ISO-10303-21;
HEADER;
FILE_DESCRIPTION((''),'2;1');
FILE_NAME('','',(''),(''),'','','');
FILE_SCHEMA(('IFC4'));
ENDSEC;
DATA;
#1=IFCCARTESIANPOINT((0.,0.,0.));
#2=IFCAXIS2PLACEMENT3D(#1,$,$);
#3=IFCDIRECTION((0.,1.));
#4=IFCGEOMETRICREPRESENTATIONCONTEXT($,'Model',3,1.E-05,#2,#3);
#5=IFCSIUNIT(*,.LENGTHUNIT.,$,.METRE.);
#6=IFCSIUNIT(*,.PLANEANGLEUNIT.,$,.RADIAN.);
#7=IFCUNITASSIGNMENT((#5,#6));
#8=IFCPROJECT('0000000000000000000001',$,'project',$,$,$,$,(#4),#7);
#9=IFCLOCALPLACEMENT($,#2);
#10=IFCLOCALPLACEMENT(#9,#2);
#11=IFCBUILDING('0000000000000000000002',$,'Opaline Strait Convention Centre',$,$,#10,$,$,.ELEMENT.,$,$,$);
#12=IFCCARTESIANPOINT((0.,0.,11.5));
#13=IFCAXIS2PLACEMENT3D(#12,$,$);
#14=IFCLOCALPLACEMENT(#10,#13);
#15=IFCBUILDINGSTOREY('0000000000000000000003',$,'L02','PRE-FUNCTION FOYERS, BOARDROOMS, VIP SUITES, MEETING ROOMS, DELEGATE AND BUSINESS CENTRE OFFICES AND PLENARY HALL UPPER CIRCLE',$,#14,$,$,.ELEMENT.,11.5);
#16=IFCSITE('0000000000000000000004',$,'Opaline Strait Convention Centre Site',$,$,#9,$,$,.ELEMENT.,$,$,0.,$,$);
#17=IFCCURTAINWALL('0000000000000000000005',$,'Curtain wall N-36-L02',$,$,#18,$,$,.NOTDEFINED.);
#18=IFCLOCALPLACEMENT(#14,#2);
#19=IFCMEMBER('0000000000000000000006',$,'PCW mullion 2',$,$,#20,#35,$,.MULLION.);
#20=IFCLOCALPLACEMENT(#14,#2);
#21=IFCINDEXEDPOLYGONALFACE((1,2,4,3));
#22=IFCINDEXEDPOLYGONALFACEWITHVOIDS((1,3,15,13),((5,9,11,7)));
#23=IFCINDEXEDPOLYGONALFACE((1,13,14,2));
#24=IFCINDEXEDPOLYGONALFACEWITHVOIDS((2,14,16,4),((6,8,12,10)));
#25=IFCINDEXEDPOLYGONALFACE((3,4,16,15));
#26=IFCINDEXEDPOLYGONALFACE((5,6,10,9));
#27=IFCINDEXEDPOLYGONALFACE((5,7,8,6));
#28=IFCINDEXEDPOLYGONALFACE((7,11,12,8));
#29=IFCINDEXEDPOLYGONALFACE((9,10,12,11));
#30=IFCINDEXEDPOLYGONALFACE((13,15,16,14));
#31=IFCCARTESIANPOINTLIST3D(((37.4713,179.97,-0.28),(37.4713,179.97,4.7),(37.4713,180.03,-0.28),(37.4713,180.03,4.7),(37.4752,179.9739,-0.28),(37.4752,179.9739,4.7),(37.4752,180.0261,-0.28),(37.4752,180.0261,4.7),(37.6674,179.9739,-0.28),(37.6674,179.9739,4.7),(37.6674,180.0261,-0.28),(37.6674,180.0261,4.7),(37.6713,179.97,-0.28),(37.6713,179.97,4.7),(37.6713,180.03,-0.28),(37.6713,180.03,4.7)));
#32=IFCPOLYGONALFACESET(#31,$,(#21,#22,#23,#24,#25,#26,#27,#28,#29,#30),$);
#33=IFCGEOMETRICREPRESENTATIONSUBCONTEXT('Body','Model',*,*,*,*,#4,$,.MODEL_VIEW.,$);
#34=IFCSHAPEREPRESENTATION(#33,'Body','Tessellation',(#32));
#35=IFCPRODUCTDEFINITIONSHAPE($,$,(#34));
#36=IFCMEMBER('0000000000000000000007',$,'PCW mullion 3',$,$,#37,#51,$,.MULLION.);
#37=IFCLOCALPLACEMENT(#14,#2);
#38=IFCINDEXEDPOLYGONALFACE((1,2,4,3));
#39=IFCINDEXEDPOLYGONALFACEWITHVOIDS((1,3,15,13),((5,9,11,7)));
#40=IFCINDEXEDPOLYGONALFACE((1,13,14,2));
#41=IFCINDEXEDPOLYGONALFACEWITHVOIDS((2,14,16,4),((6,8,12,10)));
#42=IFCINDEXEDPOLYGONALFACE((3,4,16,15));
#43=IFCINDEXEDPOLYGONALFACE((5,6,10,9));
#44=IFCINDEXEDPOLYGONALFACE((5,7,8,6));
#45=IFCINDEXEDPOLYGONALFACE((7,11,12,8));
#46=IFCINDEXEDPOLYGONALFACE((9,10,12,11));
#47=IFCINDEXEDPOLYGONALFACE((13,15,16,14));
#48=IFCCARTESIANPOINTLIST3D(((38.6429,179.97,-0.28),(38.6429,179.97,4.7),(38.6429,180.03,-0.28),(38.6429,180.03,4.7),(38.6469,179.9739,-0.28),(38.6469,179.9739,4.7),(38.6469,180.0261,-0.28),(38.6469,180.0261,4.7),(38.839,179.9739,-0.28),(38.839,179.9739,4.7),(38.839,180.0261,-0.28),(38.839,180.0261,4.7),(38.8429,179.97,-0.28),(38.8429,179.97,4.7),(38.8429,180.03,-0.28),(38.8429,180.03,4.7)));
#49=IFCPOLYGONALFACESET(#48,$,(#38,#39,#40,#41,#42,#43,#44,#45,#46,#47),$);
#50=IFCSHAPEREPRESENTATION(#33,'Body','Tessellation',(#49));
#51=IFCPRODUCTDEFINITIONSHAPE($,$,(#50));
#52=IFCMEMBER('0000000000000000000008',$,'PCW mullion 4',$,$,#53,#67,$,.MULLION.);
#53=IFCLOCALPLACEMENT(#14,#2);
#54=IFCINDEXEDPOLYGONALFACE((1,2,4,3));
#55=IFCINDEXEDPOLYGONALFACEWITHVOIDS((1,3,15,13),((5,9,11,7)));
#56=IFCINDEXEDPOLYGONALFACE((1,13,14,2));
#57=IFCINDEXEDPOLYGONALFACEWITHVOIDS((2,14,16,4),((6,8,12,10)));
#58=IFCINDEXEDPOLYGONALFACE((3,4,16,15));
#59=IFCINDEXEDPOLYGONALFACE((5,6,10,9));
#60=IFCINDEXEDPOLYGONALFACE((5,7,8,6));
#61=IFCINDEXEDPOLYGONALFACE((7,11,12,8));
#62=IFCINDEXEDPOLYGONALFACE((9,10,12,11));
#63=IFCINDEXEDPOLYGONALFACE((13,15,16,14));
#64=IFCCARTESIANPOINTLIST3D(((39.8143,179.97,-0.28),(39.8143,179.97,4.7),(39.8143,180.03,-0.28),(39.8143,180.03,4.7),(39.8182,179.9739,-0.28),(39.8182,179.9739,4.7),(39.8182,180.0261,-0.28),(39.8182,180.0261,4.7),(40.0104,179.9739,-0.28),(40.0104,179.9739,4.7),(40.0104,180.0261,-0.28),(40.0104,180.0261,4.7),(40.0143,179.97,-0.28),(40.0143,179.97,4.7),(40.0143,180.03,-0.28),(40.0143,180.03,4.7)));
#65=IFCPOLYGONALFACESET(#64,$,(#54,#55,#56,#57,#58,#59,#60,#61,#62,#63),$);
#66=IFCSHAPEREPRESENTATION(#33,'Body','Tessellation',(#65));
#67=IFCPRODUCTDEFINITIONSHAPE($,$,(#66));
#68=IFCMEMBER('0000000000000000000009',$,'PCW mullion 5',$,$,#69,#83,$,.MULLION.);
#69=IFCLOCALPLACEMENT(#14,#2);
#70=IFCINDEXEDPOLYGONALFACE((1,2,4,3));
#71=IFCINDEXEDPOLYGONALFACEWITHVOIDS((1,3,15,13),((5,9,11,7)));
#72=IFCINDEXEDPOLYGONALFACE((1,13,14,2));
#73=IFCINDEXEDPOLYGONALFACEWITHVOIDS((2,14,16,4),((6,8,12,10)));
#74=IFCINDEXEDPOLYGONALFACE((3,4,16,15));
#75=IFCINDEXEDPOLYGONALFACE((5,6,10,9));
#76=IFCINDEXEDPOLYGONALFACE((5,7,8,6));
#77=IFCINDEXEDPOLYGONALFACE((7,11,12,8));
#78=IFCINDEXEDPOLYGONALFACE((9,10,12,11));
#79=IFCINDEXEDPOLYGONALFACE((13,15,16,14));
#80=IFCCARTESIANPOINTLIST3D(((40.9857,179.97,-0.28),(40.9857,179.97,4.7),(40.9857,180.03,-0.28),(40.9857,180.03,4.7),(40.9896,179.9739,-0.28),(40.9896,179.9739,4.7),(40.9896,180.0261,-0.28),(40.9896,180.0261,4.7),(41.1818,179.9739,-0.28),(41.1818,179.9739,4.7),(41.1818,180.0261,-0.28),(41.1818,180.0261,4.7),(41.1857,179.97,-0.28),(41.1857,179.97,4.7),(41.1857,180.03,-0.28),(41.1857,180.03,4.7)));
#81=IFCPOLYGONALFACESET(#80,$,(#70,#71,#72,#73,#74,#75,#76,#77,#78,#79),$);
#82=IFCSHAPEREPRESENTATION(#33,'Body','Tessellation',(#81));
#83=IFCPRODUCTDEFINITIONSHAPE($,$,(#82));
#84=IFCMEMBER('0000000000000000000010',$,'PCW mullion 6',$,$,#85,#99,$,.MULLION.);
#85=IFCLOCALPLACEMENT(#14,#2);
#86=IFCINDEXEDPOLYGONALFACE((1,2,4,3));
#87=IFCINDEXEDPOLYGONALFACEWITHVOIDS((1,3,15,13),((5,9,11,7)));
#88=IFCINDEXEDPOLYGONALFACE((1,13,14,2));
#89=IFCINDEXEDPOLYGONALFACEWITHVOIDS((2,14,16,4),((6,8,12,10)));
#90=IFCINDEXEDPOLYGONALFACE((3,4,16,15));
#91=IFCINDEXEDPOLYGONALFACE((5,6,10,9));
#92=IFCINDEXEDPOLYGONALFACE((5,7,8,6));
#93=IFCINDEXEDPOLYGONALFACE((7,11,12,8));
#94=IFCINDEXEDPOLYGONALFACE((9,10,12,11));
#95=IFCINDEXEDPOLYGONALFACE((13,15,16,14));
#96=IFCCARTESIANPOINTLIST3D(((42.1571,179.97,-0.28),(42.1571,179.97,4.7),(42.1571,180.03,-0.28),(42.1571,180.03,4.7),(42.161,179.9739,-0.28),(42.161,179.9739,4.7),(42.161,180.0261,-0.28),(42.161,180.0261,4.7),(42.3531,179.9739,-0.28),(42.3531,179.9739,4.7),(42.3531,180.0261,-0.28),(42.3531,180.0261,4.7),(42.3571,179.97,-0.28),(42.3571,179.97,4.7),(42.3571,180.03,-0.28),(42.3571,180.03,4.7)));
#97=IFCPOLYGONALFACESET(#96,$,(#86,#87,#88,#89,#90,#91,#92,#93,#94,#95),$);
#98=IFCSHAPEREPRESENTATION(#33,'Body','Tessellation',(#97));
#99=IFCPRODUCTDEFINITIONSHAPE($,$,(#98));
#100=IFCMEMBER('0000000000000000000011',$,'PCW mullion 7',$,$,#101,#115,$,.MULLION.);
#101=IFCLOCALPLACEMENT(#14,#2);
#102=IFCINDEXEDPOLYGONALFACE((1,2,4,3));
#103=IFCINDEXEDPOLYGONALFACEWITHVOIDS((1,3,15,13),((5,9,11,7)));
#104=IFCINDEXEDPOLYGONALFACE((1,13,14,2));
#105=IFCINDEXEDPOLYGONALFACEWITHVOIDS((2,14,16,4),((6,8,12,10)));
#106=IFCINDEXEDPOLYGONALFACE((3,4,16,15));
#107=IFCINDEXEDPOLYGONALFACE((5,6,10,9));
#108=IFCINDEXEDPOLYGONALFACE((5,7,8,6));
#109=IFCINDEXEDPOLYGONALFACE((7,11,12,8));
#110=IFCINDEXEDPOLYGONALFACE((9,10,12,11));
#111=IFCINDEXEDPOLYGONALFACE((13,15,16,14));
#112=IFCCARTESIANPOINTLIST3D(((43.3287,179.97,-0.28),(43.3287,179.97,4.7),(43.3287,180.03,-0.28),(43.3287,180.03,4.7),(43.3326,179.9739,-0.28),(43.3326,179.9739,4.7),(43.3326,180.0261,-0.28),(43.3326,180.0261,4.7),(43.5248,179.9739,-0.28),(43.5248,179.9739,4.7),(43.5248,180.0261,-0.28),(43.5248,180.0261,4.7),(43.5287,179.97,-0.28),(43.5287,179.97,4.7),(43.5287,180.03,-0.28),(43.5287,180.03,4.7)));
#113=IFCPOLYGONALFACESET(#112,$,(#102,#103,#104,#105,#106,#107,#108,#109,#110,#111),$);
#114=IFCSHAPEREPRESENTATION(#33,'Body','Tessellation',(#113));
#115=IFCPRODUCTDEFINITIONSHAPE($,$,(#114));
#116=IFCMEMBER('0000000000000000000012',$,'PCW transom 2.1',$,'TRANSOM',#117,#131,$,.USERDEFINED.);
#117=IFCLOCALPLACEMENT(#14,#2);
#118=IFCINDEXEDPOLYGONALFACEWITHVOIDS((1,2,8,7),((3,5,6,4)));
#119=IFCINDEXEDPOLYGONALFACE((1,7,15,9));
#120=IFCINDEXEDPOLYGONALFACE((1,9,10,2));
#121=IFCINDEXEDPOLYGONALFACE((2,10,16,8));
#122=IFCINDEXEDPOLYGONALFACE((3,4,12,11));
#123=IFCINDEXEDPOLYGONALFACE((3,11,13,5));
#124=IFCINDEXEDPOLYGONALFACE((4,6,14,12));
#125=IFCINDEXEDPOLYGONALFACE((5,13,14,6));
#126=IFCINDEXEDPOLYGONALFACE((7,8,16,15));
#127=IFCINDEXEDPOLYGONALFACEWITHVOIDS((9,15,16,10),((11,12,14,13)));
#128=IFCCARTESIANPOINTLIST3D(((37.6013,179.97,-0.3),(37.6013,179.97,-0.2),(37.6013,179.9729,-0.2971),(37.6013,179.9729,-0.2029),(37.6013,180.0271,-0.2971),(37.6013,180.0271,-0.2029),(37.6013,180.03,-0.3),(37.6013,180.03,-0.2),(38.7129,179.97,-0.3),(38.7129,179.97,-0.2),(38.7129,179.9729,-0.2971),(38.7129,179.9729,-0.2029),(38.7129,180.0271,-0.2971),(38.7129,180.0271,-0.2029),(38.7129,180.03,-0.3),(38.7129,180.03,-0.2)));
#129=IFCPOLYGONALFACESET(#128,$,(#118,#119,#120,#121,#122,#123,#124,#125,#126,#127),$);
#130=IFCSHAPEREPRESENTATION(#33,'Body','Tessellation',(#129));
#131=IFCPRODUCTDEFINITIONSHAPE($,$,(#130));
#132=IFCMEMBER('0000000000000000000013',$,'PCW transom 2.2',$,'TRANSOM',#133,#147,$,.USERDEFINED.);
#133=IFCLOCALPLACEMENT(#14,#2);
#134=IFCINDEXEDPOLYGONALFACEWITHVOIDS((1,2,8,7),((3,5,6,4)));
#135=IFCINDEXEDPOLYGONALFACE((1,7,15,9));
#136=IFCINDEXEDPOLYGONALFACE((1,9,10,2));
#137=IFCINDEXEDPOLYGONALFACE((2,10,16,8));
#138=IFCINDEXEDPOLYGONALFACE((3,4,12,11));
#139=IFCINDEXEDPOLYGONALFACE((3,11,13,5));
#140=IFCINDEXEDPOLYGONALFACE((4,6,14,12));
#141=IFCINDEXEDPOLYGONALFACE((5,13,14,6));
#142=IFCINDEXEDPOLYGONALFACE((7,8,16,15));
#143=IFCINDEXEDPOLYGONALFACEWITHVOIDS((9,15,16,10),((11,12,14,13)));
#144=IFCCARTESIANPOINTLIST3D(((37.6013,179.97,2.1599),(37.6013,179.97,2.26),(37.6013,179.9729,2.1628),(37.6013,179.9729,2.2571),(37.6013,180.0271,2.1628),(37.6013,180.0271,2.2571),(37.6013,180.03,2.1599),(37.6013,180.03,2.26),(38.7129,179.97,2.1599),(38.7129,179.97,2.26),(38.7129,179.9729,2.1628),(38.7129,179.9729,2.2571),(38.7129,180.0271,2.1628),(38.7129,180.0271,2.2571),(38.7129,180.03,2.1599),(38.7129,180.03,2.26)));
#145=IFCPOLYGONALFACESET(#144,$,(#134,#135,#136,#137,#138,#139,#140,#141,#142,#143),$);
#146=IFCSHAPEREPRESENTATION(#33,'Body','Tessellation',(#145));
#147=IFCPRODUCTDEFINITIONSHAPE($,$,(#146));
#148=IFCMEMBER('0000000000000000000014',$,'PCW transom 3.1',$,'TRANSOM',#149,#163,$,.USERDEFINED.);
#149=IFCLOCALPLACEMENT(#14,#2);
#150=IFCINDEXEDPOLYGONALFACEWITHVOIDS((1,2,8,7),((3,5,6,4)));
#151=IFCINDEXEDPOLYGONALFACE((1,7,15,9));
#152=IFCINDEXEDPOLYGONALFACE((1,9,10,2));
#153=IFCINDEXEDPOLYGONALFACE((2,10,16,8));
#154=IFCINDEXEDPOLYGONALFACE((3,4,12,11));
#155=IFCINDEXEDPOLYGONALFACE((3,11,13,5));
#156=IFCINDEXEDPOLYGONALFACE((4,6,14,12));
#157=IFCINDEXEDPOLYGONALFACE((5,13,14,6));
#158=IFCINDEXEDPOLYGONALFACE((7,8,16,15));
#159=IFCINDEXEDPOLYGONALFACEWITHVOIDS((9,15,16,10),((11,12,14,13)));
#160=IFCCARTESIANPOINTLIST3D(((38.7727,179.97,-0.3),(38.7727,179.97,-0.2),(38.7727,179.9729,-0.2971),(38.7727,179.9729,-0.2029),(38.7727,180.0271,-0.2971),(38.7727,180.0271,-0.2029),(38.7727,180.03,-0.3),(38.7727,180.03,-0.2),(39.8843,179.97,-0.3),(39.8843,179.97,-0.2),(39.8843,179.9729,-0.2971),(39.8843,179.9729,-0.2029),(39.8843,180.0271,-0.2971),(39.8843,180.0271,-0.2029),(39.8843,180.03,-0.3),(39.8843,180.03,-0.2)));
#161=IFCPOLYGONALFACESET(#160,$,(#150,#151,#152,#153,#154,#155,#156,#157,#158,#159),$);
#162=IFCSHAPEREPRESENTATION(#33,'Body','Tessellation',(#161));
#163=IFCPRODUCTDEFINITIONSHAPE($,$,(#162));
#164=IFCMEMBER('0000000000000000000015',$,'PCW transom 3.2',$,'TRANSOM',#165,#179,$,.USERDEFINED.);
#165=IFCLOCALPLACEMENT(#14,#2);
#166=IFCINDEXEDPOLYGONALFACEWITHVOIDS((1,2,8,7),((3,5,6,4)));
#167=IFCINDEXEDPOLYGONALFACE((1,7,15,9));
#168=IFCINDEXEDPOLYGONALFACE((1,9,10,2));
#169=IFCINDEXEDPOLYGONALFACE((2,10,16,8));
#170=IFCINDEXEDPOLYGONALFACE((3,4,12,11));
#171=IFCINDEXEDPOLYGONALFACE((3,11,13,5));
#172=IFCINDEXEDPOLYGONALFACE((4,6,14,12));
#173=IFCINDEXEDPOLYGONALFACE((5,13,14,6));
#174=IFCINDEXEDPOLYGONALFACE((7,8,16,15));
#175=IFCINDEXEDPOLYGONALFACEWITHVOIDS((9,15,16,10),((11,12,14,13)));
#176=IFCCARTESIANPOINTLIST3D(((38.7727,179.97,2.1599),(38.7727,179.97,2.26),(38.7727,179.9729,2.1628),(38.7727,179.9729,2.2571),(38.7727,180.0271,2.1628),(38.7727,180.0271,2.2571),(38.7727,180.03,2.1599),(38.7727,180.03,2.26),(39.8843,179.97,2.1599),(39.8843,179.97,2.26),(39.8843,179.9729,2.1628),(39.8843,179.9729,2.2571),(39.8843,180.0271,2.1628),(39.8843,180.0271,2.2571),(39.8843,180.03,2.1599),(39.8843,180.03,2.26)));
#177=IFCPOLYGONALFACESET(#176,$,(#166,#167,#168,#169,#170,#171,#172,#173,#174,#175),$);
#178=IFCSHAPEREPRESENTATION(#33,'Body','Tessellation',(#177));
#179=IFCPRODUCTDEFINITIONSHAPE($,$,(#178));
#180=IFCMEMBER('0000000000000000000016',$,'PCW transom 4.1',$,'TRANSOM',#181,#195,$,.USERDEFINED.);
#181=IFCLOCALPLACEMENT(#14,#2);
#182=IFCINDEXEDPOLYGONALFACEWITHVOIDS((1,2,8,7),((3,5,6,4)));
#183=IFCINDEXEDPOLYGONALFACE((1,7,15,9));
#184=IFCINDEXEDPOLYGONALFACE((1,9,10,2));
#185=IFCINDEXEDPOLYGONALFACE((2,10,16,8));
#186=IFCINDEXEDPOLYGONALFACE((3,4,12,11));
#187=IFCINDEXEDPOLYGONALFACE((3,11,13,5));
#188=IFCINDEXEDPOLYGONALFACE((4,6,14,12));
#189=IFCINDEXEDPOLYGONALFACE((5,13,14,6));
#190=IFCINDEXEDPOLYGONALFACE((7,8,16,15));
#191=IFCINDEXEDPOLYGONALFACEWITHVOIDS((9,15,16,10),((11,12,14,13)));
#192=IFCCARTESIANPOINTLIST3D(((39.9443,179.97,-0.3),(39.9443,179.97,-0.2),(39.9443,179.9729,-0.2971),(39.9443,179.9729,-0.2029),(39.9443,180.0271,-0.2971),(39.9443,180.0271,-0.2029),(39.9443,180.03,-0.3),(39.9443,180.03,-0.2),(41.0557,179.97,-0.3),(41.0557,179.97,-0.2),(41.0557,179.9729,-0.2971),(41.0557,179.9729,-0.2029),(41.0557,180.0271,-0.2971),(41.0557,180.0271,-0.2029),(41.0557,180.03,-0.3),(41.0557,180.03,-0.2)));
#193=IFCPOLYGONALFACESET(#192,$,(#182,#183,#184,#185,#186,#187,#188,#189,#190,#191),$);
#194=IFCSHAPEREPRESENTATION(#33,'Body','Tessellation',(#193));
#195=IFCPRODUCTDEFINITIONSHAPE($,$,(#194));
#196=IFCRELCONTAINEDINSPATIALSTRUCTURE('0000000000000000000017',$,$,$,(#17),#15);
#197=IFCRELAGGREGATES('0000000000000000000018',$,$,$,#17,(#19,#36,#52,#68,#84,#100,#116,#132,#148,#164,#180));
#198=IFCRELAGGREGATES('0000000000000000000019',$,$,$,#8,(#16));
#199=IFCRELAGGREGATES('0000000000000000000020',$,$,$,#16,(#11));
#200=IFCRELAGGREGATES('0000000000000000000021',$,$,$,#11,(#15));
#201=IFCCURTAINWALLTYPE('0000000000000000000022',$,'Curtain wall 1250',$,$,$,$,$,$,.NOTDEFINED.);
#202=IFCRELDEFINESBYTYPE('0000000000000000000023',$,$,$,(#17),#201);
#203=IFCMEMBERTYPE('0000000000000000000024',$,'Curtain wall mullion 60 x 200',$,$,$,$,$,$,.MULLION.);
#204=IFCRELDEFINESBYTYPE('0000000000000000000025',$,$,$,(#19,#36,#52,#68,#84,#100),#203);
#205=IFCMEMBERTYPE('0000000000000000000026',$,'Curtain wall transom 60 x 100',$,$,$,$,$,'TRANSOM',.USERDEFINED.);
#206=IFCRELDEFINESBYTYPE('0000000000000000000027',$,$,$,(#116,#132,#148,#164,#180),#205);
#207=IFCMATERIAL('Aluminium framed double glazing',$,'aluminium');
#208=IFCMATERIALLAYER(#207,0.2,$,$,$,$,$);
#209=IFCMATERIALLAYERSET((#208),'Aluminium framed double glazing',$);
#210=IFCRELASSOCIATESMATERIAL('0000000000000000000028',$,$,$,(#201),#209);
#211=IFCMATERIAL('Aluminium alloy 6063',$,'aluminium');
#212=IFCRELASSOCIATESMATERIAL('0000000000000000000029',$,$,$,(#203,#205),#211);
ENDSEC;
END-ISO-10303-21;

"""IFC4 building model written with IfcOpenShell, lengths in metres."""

from ifc_helpers import new_model, si_unit, direction, frame, origin, origin_2d, place, context, subcontext, project, spatial, hollow_rectangle, extrude, material, layer, layer_set, material_profile, profile_set, type_object, element, aggregate, save


model = new_model("IFC4")

# Units and contexts
model_context = context("Model", 3, precision=1e-05, world=origin(), true_north=direction((0.0, 1.0)))
body_context = subcontext(model_context, "Body", "Model", "MODEL_VIEW")
ifc_project = project(units=[si_unit("LENGTHUNIT", "METRE"), si_unit("PLANEANGLEUNIT", "RADIAN")], contexts=[model_context])

# Site, building, storey
site_placement = place(None, origin())
site = spatial("IfcSite", under=ifc_project, at=site_placement, Name="Opaline Strait Convention Centre Site", CompositionType="ELEMENT", RefElevation=0.0)
building_placement = place(site_placement, origin())
building = spatial("IfcBuilding", under=site, at=building_placement, Name="Opaline Strait Convention Centre", CompositionType="ELEMENT")
storey_placement = place(building_placement, frame((0.0, 0.0, 11.5)))
storey = spatial("IfcBuildingStorey", under=building, at=storey_placement, Name="L02", Description="PRE-FUNCTION FOYERS, BOARDROOMS, VIP SUITES, MEETING ROOMS, DELEGATE AND BUSINESS CENTRE OFFICES AND PLENARY HALL UPPER CIRCLE", CompositionType="ELEMENT", Elevation=11.5)

# Curtain wall, members
ifc_material_1 = material(Name="Aluminium framed double glazing", Category="aluminium")
ifc_layer_1 = layer(ifc_material_1, 0.2)
ifc_layer_set_1 = layer_set([ifc_layer_1], Name="Aluminium framed double glazing")
curtain_wall_type = type_object("IfcCurtainWallType", Name="Curtain wall 1250", PredefinedType="NOTDEFINED", material=ifc_layer_set_1)
curtain_wall_placement = place(storey_placement, origin())
curtain_wall = element("IfcCurtainWall", 1, at=curtain_wall_placement, inside=storey, type_object=curtain_wall_type, Name="Curtain wall N-36-L02", PredefinedType="NOTDEFINED")
ifc_material_2 = material(Name="Aluminium alloy 6063", Category="aluminium")
ifc_material_profile_1 = material_profile(ifc_material_2, hollow_rectangle(XDim=0.0601, YDim=0.2, WallThickness=0.0039, at=origin_2d()), Name="MULLION 60x200x4")
ifc_profile_set_1 = profile_set([ifc_material_profile_1], Name="Aluminium alloy 6063")
member_type_1 = type_object("IfcMemberType", Name="Curtain wall mullion 60 x 200", PredefinedType="MULLION", material=ifc_profile_set_1)
member_1_placement = place(storey_placement, frame((37.5713, 180.0, -0.28), z_axis=(0.0, 0.0, 1.0), x_axis=(0.0, 1.0, 0.0)))
member_1 = element("IfcMember", 2, at=member_1_placement, type_object=member_type_1, Name="PCW mullion 2", PredefinedType="MULLION", context=body_context, shape_type="SweptSolid", body=[
    extrude(hollow_rectangle(XDim=0.0601, YDim=0.2, WallThickness=0.0039, at=origin_2d()), origin(), (0.0, 0.0, 1.0), 4.98),
])
member_2_placement = place(storey_placement, frame((38.7429, 180.0, -0.28), z_axis=(0.0, 0.0, 1.0), x_axis=(0.0, 1.0, 0.0)))
member_2 = element("IfcMember", 3, at=member_2_placement, type_object=member_type_1, Name="PCW mullion 3", PredefinedType="MULLION", context=body_context, shape_type="SweptSolid", body=[
    extrude(hollow_rectangle(XDim=0.0601, YDim=0.2, WallThickness=0.0039, at=origin_2d()), origin(), (0.0, 0.0, 1.0), 4.98),
])
member_3_placement = place(storey_placement, frame((39.9143, 180.0, -0.28), z_axis=(0.0, 0.0, 1.0), x_axis=(0.0, 1.0, 0.0)))
member_3 = element("IfcMember", 4, at=member_3_placement, type_object=member_type_1, Name="PCW mullion 4", PredefinedType="MULLION", context=body_context, shape_type="SweptSolid", body=[
    extrude(hollow_rectangle(XDim=0.0601, YDim=0.2, WallThickness=0.0039, at=origin_2d()), origin(), (0.0, 0.0, 1.0), 4.98),
])
member_4_placement = place(storey_placement, frame((41.0857, 180.0, -0.28), z_axis=(0.0, 0.0, 1.0), x_axis=(0.0, 1.0, 0.0)))
member_4 = element("IfcMember", 5, at=member_4_placement, type_object=member_type_1, Name="PCW mullion 5", PredefinedType="MULLION", context=body_context, shape_type="SweptSolid", body=[
    extrude(hollow_rectangle(XDim=0.0601, YDim=0.2, WallThickness=0.0039, at=origin_2d()), origin(), (0.0, 0.0, 1.0), 4.98),
])
member_5_placement = place(storey_placement, frame((42.2571, 180.0, -0.28), z_axis=(0.0, 0.0, 1.0), x_axis=(0.0, 1.0, 0.0)))
member_5 = element("IfcMember", 6, at=member_5_placement, type_object=member_type_1, Name="PCW mullion 6", PredefinedType="MULLION", context=body_context, shape_type="SweptSolid", body=[
    extrude(hollow_rectangle(XDim=0.0601, YDim=0.2, WallThickness=0.0039, at=origin_2d()), origin(), (0.0, 0.0, 1.0), 4.98),
])
member_6_placement = place(storey_placement, frame((43.4287, 180.0, -0.28), z_axis=(0.0, 0.0, 1.0), x_axis=(0.0, 1.0, 0.0)))
member_6 = element("IfcMember", 7, at=member_6_placement, type_object=member_type_1, Name="PCW mullion 7", PredefinedType="MULLION", context=body_context, shape_type="SweptSolid", body=[
    extrude(hollow_rectangle(XDim=0.0601, YDim=0.2, WallThickness=0.0039, at=origin_2d()), origin(), (0.0, 0.0, 1.0), 4.98),
])
ifc_material_profile_2 = material_profile(ifc_material_2, hollow_rectangle(XDim=0.0601, YDim=0.1001, WallThickness=0.0029, at=origin_2d()), Name="TRANSOM 60x100x3")
ifc_profile_set_2 = profile_set([ifc_material_profile_2], Name="Aluminium alloy 6063")
member_type_2 = type_object("IfcMemberType", Name="Curtain wall transom 60 x 100", ElementType="TRANSOM", PredefinedType="USERDEFINED", material=ifc_profile_set_2)
member_7_placement = place(storey_placement, frame((37.6013, 180.0, -0.25), z_axis=(1.0, 0.0, 0.0), x_axis=(0.0, 1.0, 0.0)))
member_7 = element("IfcMember", 8, at=member_7_placement, type_object=member_type_2, Name="PCW transom 2.1", ObjectType="TRANSOM", PredefinedType="USERDEFINED", context=body_context, shape_type="SweptSolid", body=[
    extrude(hollow_rectangle(XDim=0.0601, YDim=0.1001, WallThickness=0.0029, at=origin_2d()), origin(), (0.0, 0.0, 1.0), 1.1116),
])
member_8_placement = place(storey_placement, frame((37.6013, 180.0, 2.21), z_axis=(1.0, 0.0, 0.0), x_axis=(0.0, 1.0, 0.0)))
member_8 = element("IfcMember", 9, at=member_8_placement, type_object=member_type_2, Name="PCW transom 2.2", ObjectType="TRANSOM", PredefinedType="USERDEFINED", context=body_context, shape_type="SweptSolid", body=[
    extrude(hollow_rectangle(XDim=0.0601, YDim=0.1001, WallThickness=0.0029, at=origin_2d()), origin(), (0.0, 0.0, 1.0), 1.1116),
])
member_9_placement = place(storey_placement, frame((38.7727, 180.0, -0.25), z_axis=(1.0, 0.0, 0.0), x_axis=(0.0, 1.0, 0.0)))
member_9 = element("IfcMember", 10, at=member_9_placement, type_object=member_type_2, Name="PCW transom 3.1", ObjectType="TRANSOM", PredefinedType="USERDEFINED", context=body_context, shape_type="SweptSolid", body=[
    extrude(hollow_rectangle(XDim=0.0601, YDim=0.1001, WallThickness=0.0029, at=origin_2d()), origin(), (0.0, 0.0, 1.0), 1.1116),
])
member_10_placement = place(storey_placement, frame((38.7727, 180.0, 2.21), z_axis=(1.0, 0.0, 0.0), x_axis=(0.0, 1.0, 0.0)))
member_10 = element("IfcMember", 11, at=member_10_placement, type_object=member_type_2, Name="PCW transom 3.2", ObjectType="TRANSOM", PredefinedType="USERDEFINED", context=body_context, shape_type="SweptSolid", body=[
    extrude(hollow_rectangle(XDim=0.0601, YDim=0.1001, WallThickness=0.0029, at=origin_2d()), origin(), (0.0, 0.0, 1.0), 1.1116),
])
member_11_placement = place(storey_placement, frame((39.9443, 180.0, -0.25), z_axis=(1.0, 0.0, 0.0), x_axis=(0.0, 1.0, 0.0)))
member_11 = element("IfcMember", 12, at=member_11_placement, type_object=member_type_2, Name="PCW transom 4.1", ObjectType="TRANSOM", PredefinedType="USERDEFINED", context=body_context, shape_type="SweptSolid", body=[
    extrude(hollow_rectangle(XDim=0.0601, YDim=0.1001, WallThickness=0.0029, at=origin_2d()), origin(), (0.0, 0.0, 1.0), 1.1113),
])
aggregate(curtain_wall, [member_1, member_2, member_3, member_4, member_5, member_6, member_7, member_8, member_9, member_10, member_11])

save(model, "model.ifc")
